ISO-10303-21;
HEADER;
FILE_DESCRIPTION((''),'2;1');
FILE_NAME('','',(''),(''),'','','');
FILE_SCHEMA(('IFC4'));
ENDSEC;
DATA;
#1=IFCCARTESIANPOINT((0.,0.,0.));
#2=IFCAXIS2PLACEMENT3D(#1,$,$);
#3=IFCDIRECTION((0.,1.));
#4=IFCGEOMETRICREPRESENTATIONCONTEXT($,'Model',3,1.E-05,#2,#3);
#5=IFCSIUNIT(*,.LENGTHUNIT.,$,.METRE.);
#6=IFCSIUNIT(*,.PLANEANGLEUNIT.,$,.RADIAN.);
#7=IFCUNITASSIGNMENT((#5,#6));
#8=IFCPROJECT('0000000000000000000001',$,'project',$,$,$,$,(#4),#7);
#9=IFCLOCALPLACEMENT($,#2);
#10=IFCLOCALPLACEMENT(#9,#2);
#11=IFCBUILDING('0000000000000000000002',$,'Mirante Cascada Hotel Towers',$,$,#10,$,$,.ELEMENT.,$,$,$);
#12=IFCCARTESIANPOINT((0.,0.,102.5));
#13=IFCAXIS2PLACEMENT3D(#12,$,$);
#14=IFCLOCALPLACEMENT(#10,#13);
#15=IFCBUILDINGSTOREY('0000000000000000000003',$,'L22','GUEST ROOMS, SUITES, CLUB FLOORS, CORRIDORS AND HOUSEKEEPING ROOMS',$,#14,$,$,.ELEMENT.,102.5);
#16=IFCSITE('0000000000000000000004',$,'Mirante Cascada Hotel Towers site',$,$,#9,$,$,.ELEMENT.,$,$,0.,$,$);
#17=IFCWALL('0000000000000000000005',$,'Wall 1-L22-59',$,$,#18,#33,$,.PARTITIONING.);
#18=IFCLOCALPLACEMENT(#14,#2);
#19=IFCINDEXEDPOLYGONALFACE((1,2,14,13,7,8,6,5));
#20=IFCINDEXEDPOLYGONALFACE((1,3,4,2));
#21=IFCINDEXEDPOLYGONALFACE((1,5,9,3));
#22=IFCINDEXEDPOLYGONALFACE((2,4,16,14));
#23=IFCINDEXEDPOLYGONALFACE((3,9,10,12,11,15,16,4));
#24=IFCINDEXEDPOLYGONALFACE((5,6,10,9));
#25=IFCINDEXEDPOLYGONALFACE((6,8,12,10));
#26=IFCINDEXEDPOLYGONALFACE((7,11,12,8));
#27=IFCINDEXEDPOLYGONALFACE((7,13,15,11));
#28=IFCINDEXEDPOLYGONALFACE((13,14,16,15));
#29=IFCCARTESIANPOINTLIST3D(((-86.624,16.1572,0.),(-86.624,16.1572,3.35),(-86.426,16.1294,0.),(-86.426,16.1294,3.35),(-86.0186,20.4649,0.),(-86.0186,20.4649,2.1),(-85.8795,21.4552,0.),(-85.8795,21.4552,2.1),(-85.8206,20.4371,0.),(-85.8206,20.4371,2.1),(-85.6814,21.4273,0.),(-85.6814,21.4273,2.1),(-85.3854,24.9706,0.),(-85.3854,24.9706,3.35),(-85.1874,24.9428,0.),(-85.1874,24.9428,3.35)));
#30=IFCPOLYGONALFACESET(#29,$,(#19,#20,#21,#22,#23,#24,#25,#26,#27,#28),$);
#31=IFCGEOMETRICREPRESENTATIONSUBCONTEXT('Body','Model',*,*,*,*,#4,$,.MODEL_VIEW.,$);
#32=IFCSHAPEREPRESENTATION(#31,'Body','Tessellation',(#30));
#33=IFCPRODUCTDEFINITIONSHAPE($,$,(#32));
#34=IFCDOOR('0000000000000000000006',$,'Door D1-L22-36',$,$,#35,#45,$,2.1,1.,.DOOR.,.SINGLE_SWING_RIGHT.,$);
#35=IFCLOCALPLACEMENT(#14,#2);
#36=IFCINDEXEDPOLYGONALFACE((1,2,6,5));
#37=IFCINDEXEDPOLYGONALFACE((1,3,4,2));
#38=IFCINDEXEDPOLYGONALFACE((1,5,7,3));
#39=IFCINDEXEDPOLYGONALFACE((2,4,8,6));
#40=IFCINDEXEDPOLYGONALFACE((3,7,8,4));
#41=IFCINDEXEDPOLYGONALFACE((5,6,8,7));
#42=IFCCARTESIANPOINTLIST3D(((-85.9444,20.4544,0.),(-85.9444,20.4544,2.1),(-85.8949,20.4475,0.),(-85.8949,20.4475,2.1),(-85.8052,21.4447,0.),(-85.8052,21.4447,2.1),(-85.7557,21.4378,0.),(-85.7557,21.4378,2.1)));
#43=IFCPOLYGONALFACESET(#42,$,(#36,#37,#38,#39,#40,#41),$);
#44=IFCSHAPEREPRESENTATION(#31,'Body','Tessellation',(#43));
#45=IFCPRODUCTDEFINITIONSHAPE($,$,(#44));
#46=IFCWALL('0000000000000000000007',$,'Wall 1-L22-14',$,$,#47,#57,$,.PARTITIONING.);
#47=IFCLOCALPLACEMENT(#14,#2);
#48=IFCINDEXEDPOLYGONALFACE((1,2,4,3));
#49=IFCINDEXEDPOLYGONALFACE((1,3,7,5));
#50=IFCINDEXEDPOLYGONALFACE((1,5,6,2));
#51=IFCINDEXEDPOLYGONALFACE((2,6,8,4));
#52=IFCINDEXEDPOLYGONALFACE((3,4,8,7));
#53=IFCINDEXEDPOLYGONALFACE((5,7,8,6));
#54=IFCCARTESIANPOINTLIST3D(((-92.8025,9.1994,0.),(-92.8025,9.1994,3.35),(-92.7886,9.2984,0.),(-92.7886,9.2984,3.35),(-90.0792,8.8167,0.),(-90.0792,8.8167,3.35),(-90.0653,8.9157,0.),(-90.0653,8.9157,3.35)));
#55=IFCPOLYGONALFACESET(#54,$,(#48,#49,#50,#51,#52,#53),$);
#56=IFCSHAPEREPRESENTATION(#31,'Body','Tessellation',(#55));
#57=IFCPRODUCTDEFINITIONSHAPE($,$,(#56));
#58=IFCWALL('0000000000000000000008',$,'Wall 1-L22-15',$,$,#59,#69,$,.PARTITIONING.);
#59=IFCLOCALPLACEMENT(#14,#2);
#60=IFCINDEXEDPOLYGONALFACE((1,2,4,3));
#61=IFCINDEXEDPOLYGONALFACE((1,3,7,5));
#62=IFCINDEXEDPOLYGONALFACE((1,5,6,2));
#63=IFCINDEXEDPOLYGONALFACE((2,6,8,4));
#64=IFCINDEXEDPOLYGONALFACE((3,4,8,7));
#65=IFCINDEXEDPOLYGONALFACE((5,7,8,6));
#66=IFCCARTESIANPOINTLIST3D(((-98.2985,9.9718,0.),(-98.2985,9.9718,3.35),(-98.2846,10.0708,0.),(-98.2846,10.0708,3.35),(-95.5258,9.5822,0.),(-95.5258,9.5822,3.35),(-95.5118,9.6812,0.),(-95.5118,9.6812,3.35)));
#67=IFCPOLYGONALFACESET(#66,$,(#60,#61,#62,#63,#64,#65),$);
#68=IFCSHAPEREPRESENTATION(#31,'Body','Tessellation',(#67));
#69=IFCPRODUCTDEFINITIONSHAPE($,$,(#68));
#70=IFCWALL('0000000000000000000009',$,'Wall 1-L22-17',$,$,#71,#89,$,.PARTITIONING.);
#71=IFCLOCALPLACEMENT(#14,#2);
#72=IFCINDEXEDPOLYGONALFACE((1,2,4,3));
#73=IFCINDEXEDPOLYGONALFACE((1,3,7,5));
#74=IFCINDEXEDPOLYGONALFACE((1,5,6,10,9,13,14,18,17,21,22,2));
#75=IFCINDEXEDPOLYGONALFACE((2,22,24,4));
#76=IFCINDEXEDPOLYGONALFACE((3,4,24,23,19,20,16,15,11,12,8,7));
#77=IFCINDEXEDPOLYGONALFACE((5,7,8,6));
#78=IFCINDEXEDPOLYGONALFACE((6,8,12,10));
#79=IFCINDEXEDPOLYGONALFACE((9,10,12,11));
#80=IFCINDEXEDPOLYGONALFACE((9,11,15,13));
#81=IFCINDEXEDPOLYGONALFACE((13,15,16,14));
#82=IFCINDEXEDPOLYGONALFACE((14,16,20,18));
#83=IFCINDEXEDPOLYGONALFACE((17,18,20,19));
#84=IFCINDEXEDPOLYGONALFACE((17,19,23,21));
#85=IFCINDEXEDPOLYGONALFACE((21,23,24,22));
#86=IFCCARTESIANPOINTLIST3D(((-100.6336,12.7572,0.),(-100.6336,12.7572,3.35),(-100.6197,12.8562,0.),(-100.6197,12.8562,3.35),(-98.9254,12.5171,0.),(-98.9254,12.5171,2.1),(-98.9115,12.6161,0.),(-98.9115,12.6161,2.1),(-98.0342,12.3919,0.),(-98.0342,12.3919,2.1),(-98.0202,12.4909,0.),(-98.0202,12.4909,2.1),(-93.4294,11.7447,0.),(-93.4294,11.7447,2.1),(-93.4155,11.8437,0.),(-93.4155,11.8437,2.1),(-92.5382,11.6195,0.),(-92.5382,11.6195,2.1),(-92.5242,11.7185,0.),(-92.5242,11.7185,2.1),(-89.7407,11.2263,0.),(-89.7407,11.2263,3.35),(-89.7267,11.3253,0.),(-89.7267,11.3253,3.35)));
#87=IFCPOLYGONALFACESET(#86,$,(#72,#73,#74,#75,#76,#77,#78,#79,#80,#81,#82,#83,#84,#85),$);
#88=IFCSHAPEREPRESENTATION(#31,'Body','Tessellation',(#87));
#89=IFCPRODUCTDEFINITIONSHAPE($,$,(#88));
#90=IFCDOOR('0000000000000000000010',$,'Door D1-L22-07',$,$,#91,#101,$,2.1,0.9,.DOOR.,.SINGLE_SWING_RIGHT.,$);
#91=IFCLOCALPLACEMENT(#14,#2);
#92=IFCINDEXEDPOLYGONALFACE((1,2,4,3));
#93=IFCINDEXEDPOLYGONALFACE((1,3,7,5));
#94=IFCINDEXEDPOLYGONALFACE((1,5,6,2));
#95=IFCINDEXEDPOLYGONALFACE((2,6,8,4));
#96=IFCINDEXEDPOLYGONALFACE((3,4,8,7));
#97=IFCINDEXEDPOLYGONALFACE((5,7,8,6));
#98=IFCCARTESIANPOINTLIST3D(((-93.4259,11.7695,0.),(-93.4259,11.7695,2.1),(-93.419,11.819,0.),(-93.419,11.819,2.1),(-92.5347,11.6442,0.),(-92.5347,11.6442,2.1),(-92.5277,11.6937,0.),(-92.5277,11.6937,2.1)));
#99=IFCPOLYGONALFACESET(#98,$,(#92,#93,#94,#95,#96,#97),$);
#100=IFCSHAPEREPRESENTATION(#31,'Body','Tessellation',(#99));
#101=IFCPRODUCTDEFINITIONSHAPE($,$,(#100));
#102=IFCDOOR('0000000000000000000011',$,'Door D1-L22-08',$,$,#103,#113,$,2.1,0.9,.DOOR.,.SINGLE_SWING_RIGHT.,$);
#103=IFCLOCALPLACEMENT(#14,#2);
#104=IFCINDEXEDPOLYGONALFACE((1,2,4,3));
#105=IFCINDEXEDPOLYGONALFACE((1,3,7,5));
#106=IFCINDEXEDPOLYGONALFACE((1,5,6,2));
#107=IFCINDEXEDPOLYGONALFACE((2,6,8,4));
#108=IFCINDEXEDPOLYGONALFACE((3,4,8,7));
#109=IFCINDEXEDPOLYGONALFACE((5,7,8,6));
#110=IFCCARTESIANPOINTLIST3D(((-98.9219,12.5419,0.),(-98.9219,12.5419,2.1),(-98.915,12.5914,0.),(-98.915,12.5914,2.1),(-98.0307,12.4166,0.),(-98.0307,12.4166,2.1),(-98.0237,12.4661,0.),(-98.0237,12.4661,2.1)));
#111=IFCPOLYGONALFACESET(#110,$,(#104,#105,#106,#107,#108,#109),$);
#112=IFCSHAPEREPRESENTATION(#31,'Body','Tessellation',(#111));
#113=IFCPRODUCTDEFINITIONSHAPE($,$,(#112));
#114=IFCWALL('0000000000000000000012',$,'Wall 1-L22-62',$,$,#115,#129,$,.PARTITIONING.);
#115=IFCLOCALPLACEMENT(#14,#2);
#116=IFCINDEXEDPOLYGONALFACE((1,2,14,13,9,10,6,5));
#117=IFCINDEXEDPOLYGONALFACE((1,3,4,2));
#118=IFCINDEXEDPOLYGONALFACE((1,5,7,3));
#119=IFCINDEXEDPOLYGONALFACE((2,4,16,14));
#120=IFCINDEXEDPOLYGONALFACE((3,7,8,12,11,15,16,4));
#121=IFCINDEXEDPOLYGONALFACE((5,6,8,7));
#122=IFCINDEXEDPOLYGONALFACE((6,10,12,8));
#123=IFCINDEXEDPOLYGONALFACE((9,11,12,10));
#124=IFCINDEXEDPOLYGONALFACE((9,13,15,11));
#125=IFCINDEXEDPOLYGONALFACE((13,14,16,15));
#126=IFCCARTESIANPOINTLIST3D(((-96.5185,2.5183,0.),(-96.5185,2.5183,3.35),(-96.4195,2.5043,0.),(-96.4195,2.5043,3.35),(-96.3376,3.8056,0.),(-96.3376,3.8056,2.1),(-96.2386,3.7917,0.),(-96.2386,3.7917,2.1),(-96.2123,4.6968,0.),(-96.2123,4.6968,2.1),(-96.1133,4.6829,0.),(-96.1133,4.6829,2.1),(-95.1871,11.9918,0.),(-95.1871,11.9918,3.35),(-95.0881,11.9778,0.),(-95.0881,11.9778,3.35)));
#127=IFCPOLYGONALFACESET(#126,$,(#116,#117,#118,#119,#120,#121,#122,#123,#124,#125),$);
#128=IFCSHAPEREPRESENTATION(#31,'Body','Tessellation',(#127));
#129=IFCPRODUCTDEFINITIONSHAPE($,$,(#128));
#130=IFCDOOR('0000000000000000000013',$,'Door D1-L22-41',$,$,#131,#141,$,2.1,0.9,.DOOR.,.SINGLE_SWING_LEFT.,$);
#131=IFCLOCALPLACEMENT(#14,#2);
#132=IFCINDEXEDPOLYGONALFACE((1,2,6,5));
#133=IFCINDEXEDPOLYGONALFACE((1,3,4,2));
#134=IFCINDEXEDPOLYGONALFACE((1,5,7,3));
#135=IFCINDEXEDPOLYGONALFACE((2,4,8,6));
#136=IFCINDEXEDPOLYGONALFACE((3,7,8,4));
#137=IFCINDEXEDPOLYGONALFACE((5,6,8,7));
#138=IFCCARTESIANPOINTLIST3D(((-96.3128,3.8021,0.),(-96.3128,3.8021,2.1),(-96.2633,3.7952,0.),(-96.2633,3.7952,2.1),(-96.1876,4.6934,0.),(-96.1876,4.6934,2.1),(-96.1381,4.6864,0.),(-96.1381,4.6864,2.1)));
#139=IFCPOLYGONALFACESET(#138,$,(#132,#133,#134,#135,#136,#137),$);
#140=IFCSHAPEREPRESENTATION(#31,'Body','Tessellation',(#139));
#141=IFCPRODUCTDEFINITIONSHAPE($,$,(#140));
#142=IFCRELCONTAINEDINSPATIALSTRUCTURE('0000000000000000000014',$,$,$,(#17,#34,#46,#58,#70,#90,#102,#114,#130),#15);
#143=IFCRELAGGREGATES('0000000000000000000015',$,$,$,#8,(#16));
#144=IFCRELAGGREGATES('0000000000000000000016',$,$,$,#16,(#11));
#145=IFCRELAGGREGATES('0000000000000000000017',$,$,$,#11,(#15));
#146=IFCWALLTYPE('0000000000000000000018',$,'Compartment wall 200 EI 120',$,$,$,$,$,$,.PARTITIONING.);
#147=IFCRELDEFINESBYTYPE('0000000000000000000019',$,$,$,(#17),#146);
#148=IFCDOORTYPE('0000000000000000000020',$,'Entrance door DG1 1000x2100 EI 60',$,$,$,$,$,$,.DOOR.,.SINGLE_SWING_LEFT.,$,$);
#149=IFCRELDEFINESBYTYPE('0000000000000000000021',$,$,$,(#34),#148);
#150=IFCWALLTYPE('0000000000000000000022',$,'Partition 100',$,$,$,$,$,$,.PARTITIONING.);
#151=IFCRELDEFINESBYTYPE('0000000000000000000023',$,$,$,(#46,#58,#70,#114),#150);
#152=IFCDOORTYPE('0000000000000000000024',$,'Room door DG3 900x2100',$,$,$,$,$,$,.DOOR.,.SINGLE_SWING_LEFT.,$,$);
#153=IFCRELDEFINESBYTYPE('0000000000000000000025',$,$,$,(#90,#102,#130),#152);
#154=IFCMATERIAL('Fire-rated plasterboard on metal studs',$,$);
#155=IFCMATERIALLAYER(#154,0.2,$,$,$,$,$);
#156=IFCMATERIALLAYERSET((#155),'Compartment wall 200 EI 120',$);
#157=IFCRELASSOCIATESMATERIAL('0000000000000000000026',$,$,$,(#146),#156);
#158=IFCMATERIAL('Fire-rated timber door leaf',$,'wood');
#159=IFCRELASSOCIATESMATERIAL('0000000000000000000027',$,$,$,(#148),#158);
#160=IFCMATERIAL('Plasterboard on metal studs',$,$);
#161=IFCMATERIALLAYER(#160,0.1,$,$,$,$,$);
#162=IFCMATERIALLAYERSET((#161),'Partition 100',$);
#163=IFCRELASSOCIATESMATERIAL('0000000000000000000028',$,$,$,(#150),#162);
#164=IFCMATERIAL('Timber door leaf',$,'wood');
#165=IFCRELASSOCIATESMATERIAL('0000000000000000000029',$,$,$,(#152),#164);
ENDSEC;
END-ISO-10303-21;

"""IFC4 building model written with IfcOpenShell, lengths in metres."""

from ifc_helpers import new_model, si_unit, direction, frame, frame_2d, origin, place, context, subcontext, project, spatial, rectangle, extrude, material, layer, layer_set, type_object, element, fill, save


model = new_model("IFC4")

# Units and contexts
model_context = context("Model", 3, precision=1e-05, world=origin(), true_north=direction((0.0, 1.0)))
body_context = subcontext(model_context, "Body", "Model", "MODEL_VIEW")
ifc_project = project(units=[si_unit("LENGTHUNIT", "METRE"), si_unit("PLANEANGLEUNIT", "RADIAN")], contexts=[model_context])

# Site, building, storey
site_placement = place(None, origin())
site = spatial("IfcSite", under=ifc_project, at=site_placement, Name="Mirante Cascada Hotel Towers site", CompositionType="ELEMENT", RefElevation=0.0)
building_placement = place(site_placement, origin())
building = spatial("IfcBuilding", under=site, at=building_placement, Name="Mirante Cascada Hotel Towers", CompositionType="ELEMENT")
storey_placement = place(building_placement, frame((0.0, 0.0, 102.5)))
storey = spatial("IfcBuildingStorey", under=building, at=storey_placement, Name="L22", Description="GUEST ROOMS, SUITES, CLUB FLOORS, CORRIDORS AND HOUSEKEEPING ROOMS", CompositionType="ELEMENT", Elevation=102.5)

# Shared definitions
ifc_material_1 = material(Name="Fire-rated plasterboard on metal studs")
ifc_layer_1 = layer(ifc_material_1, 0.2)
ifc_layer_set_1 = layer_set([ifc_layer_1], Name="Compartment wall 200 EI 120")
wall_type_1 = type_object("IfcWallType", Name="Compartment wall 200 EI 120", PredefinedType="PARTITIONING", material=ifc_layer_set_1)

# Shared definitions
ifc_material_2 = material(Name="Fire-rated timber door leaf", Category="wood")
door_type_1 = type_object("IfcDoorType", Name="Entrance door DG1 1000x2100 EI 60", OperationType="SINGLE_SWING_LEFT", PredefinedType="DOOR", material=ifc_material_2)

# Wall, opening, door
wall_1_placement = place(storey_placement, frame((-86.525, 16.1433, 0.0), z_axis=(0.0, 0.0, 1.0), x_axis=(0.139168, 0.990269, 0.0)))
wall_1 = element("IfcWall", 1, at=wall_1_placement, inside=storey, type_object=wall_type_1, Name="Wall 1-L22-59", PredefinedType="PARTITIONING", context=body_context, shape_type="SweptSolid", body=[
    extrude(rectangle(XDim=8.9, YDim=0.2, at=frame_2d((4.45, 0.0))), origin(), (0.0, 0.0, 1.0), 3.35),
])
opening_1_placement = place(wall_1_placement, frame((4.35, 0.0, 0.0)))
opening_1 = element("IfcOpeningElement", 2, at=opening_1_placement, cuts=wall_1, PredefinedType="OPENING", context=body_context, shape_type="SweptSolid", body=[
    extrude(rectangle(XDim=1.0, YDim=2.1, at=frame_2d((0.5, 1.05))), frame((0.0, 0.1, 0.0), z_axis=(0.0, -1.0, 0.0), x_axis=(1.0, 0.0, 0.0)), (0.0, 0.0, 1.0), 0.2),
])
door_1_placement = place(opening_1_placement, frame((1.0, 0.0, 0.0), z_axis=(0.0, 0.0, 1.0), x_axis=(-1.0, 0.0, 0.0)))
door_1 = element("IfcDoor", 3, at=door_1_placement, inside=storey, type_object=door_type_1, Name="Door D1-L22-36", OperationType="SINGLE_SWING_RIGHT", OverallHeight=2.1, OverallWidth=1.0, PredefinedType="DOOR", context=body_context, shape_type="SweptSolid", body=[
    extrude(rectangle(XDim=1.0, YDim=2.1, at=frame_2d((0.5, 1.05))), frame((0.0, 0.025, 0.0), z_axis=(0.0, -1.0, 0.0), x_axis=(1.0, 0.0, 0.0)), (0.0, 0.0, 1.0), 0.05),
])
fill(opening_1, door_1)

# Walls
ifc_material_3 = material(Name="Plasterboard on metal studs")
ifc_layer_2 = layer(ifc_material_3, 0.1)
ifc_layer_set_2 = layer_set([ifc_layer_2], Name="Partition 100")
wall_type_2 = type_object("IfcWallType", Name="Partition 100", PredefinedType="PARTITIONING", material=ifc_layer_set_2)
wall_2_placement = place(storey_placement, frame((-92.7956, 9.2489, 0.0), z_axis=(0.0, 0.0, 1.0), x_axis=(0.99027, -0.139161, 0.0)))
element("IfcWall", 4, at=wall_2_placement, inside=storey, type_object=wall_type_2, Name="Wall 1-L22-14", PredefinedType="PARTITIONING", context=body_context, shape_type="SweptSolid", body=[
    extrude(rectangle(XDim=2.7501, YDim=0.1, at=frame_2d((1.3751, 0.0))), origin(), (0.0, 0.0, 1.0), 3.35),
])
wall_3_placement = place(storey_placement, frame((-95.5188, 9.6317, 0.0), z_axis=(0.0, 0.0, 1.0), x_axis=(-0.990273, 0.139141, 0.0)))
element("IfcWall", 5, at=wall_3_placement, inside=storey, type_object=wall_type_2, Name="Wall 1-L22-15", PredefinedType="PARTITIONING", context=body_context, shape_type="SweptSolid", body=[
    extrude(rectangle(XDim=2.8, YDim=0.1, at=frame_2d((1.4, 0.0))), origin(), (0.0, 0.0, 1.0), 3.35),
])

# Wall, openings, doors
wall_4_placement = place(storey_placement, frame((-89.7337, 11.2758, 0.0), z_axis=(0.0, 0.0, 1.0), x_axis=(-0.990268, 0.139173, 0.0)))
wall_4 = element("IfcWall", 6, at=wall_4_placement, inside=storey, type_object=wall_type_2, Name="Wall 1-L22-17", PredefinedType="PARTITIONING", context=body_context, shape_type="SweptSolid", body=[
    extrude(rectangle(XDim=11.0, YDim=0.1, at=frame_2d((5.5, 0.0))), origin(), (0.0, 0.0, 1.0), 3.35),
])
opening_2_placement = place(wall_4_placement, frame((2.825, 0.0, 0.0)))
opening_2 = element("IfcOpeningElement", 7, at=opening_2_placement, cuts=wall_4, PredefinedType="OPENING", context=body_context, shape_type="SweptSolid", body=[
    extrude(rectangle(XDim=0.9, YDim=2.1, at=frame_2d((0.45, 1.05))), frame((0.0, 0.05, 0.0), z_axis=(0.0, -1.0, 0.0), x_axis=(1.0, 0.0, 0.0)), (0.0, 0.0, 1.0), 0.1),
])
opening_3_placement = place(wall_4_placement, frame((8.375, 0.0, 0.0)))
opening_3 = element("IfcOpeningElement", 8, at=opening_3_placement, cuts=wall_4, PredefinedType="OPENING", context=body_context, shape_type="SweptSolid", body=[
    extrude(rectangle(XDim=0.9, YDim=2.1, at=frame_2d((0.45, 1.05))), frame((0.0, 0.05, 0.0), z_axis=(0.0, -1.0, 0.0), x_axis=(1.0, 0.0, 0.0)), (0.0, 0.0, 1.0), 0.1),
])
ifc_material_4 = material(Name="Timber door leaf", Category="wood")
door_type_2 = type_object("IfcDoorType", Name="Room door DG3 900x2100", OperationType="SINGLE_SWING_LEFT", PredefinedType="DOOR", material=ifc_material_4)
door_2_placement = place(opening_2_placement, frame((0.9, 0.0, 0.0), z_axis=(0.0, 0.0, 1.0), x_axis=(-1.0, 0.0, 0.0)))
door_2 = element("IfcDoor", 9, at=door_2_placement, inside=storey, type_object=door_type_2, Name="Door D1-L22-07", OperationType="SINGLE_SWING_RIGHT", OverallHeight=2.1, OverallWidth=0.9, PredefinedType="DOOR", context=body_context, shape_type="SweptSolid", body=[
    extrude(rectangle(XDim=0.9, YDim=2.1, at=frame_2d((0.45, 1.05))), frame((0.0, 0.025, 0.0), z_axis=(0.0, -1.0, 0.0), x_axis=(1.0, 0.0, 0.0)), (0.0, 0.0, 1.0), 0.05),
])
fill(opening_2, door_2)
door_3_placement = place(opening_3_placement, frame((0.9, 0.0, 0.0), z_axis=(0.0, 0.0, 1.0), x_axis=(-1.0, 0.0, 0.0)))
door_3 = element("IfcDoor", 10, at=door_3_placement, inside=storey, type_object=door_type_2, Name="Door D1-L22-08", OperationType="SINGLE_SWING_RIGHT", OverallHeight=2.1, OverallWidth=0.9, PredefinedType="DOOR", context=body_context, shape_type="SweptSolid", body=[
    extrude(rectangle(XDim=0.9, YDim=2.1, at=frame_2d((0.45, 1.05))), frame((0.0, 0.025, 0.0), z_axis=(0.0, -1.0, 0.0), x_axis=(1.0, 0.0, 0.0)), (0.0, 0.0, 1.0), 0.05),
])
fill(opening_3, door_3)

# Wall, opening, door
wall_5_placement = place(storey_placement, frame((-95.1376, 11.9848, 0.0), z_axis=(0.0, 0.0, 1.0), x_axis=(-0.139172, -0.990268, 0.0)))
wall_5 = element("IfcWall", 11, at=wall_5_placement, inside=storey, type_object=wall_type_2, Name="Wall 1-L22-62", PredefinedType="PARTITIONING", context=body_context, shape_type="SweptSolid", body=[
    extrude(rectangle(XDim=9.5666, YDim=0.1, at=frame_2d((4.7833, 0.0))), origin(), (0.0, 0.0, 1.0), 3.35),
])
opening_4_placement = place(wall_5_placement, frame((7.3666, 0.0, 0.0)))
opening_4 = element("IfcOpeningElement", 12, at=opening_4_placement, cuts=wall_5, PredefinedType="OPENING", context=body_context, shape_type="SweptSolid", body=[
    extrude(rectangle(XDim=0.9, YDim=2.1, at=frame_2d((0.45, 1.05))), frame((0.0, 0.05, 0.0), z_axis=(0.0, -1.0, 0.0), x_axis=(1.0, 0.0, 0.0)), (0.0, 0.0, 1.0), 0.1),
])
door_4_placement = place(opening_4_placement, origin())
door_4 = element("IfcDoor", 13, at=door_4_placement, inside=storey, type_object=door_type_2, Name="Door D1-L22-41", OperationType="SINGLE_SWING_LEFT", OverallHeight=2.1, OverallWidth=0.9, PredefinedType="DOOR", context=body_context, shape_type="SweptSolid", body=[
    extrude(rectangle(XDim=0.9, YDim=2.1, at=frame_2d((0.45, 1.05))), frame((0.0, 0.025, 0.0), z_axis=(0.0, -1.0, 0.0), x_axis=(1.0, 0.0, 0.0)), (0.0, 0.0, 1.0), 0.05),
])
fill(opening_4, door_4)

save(model, "model.ifc")
